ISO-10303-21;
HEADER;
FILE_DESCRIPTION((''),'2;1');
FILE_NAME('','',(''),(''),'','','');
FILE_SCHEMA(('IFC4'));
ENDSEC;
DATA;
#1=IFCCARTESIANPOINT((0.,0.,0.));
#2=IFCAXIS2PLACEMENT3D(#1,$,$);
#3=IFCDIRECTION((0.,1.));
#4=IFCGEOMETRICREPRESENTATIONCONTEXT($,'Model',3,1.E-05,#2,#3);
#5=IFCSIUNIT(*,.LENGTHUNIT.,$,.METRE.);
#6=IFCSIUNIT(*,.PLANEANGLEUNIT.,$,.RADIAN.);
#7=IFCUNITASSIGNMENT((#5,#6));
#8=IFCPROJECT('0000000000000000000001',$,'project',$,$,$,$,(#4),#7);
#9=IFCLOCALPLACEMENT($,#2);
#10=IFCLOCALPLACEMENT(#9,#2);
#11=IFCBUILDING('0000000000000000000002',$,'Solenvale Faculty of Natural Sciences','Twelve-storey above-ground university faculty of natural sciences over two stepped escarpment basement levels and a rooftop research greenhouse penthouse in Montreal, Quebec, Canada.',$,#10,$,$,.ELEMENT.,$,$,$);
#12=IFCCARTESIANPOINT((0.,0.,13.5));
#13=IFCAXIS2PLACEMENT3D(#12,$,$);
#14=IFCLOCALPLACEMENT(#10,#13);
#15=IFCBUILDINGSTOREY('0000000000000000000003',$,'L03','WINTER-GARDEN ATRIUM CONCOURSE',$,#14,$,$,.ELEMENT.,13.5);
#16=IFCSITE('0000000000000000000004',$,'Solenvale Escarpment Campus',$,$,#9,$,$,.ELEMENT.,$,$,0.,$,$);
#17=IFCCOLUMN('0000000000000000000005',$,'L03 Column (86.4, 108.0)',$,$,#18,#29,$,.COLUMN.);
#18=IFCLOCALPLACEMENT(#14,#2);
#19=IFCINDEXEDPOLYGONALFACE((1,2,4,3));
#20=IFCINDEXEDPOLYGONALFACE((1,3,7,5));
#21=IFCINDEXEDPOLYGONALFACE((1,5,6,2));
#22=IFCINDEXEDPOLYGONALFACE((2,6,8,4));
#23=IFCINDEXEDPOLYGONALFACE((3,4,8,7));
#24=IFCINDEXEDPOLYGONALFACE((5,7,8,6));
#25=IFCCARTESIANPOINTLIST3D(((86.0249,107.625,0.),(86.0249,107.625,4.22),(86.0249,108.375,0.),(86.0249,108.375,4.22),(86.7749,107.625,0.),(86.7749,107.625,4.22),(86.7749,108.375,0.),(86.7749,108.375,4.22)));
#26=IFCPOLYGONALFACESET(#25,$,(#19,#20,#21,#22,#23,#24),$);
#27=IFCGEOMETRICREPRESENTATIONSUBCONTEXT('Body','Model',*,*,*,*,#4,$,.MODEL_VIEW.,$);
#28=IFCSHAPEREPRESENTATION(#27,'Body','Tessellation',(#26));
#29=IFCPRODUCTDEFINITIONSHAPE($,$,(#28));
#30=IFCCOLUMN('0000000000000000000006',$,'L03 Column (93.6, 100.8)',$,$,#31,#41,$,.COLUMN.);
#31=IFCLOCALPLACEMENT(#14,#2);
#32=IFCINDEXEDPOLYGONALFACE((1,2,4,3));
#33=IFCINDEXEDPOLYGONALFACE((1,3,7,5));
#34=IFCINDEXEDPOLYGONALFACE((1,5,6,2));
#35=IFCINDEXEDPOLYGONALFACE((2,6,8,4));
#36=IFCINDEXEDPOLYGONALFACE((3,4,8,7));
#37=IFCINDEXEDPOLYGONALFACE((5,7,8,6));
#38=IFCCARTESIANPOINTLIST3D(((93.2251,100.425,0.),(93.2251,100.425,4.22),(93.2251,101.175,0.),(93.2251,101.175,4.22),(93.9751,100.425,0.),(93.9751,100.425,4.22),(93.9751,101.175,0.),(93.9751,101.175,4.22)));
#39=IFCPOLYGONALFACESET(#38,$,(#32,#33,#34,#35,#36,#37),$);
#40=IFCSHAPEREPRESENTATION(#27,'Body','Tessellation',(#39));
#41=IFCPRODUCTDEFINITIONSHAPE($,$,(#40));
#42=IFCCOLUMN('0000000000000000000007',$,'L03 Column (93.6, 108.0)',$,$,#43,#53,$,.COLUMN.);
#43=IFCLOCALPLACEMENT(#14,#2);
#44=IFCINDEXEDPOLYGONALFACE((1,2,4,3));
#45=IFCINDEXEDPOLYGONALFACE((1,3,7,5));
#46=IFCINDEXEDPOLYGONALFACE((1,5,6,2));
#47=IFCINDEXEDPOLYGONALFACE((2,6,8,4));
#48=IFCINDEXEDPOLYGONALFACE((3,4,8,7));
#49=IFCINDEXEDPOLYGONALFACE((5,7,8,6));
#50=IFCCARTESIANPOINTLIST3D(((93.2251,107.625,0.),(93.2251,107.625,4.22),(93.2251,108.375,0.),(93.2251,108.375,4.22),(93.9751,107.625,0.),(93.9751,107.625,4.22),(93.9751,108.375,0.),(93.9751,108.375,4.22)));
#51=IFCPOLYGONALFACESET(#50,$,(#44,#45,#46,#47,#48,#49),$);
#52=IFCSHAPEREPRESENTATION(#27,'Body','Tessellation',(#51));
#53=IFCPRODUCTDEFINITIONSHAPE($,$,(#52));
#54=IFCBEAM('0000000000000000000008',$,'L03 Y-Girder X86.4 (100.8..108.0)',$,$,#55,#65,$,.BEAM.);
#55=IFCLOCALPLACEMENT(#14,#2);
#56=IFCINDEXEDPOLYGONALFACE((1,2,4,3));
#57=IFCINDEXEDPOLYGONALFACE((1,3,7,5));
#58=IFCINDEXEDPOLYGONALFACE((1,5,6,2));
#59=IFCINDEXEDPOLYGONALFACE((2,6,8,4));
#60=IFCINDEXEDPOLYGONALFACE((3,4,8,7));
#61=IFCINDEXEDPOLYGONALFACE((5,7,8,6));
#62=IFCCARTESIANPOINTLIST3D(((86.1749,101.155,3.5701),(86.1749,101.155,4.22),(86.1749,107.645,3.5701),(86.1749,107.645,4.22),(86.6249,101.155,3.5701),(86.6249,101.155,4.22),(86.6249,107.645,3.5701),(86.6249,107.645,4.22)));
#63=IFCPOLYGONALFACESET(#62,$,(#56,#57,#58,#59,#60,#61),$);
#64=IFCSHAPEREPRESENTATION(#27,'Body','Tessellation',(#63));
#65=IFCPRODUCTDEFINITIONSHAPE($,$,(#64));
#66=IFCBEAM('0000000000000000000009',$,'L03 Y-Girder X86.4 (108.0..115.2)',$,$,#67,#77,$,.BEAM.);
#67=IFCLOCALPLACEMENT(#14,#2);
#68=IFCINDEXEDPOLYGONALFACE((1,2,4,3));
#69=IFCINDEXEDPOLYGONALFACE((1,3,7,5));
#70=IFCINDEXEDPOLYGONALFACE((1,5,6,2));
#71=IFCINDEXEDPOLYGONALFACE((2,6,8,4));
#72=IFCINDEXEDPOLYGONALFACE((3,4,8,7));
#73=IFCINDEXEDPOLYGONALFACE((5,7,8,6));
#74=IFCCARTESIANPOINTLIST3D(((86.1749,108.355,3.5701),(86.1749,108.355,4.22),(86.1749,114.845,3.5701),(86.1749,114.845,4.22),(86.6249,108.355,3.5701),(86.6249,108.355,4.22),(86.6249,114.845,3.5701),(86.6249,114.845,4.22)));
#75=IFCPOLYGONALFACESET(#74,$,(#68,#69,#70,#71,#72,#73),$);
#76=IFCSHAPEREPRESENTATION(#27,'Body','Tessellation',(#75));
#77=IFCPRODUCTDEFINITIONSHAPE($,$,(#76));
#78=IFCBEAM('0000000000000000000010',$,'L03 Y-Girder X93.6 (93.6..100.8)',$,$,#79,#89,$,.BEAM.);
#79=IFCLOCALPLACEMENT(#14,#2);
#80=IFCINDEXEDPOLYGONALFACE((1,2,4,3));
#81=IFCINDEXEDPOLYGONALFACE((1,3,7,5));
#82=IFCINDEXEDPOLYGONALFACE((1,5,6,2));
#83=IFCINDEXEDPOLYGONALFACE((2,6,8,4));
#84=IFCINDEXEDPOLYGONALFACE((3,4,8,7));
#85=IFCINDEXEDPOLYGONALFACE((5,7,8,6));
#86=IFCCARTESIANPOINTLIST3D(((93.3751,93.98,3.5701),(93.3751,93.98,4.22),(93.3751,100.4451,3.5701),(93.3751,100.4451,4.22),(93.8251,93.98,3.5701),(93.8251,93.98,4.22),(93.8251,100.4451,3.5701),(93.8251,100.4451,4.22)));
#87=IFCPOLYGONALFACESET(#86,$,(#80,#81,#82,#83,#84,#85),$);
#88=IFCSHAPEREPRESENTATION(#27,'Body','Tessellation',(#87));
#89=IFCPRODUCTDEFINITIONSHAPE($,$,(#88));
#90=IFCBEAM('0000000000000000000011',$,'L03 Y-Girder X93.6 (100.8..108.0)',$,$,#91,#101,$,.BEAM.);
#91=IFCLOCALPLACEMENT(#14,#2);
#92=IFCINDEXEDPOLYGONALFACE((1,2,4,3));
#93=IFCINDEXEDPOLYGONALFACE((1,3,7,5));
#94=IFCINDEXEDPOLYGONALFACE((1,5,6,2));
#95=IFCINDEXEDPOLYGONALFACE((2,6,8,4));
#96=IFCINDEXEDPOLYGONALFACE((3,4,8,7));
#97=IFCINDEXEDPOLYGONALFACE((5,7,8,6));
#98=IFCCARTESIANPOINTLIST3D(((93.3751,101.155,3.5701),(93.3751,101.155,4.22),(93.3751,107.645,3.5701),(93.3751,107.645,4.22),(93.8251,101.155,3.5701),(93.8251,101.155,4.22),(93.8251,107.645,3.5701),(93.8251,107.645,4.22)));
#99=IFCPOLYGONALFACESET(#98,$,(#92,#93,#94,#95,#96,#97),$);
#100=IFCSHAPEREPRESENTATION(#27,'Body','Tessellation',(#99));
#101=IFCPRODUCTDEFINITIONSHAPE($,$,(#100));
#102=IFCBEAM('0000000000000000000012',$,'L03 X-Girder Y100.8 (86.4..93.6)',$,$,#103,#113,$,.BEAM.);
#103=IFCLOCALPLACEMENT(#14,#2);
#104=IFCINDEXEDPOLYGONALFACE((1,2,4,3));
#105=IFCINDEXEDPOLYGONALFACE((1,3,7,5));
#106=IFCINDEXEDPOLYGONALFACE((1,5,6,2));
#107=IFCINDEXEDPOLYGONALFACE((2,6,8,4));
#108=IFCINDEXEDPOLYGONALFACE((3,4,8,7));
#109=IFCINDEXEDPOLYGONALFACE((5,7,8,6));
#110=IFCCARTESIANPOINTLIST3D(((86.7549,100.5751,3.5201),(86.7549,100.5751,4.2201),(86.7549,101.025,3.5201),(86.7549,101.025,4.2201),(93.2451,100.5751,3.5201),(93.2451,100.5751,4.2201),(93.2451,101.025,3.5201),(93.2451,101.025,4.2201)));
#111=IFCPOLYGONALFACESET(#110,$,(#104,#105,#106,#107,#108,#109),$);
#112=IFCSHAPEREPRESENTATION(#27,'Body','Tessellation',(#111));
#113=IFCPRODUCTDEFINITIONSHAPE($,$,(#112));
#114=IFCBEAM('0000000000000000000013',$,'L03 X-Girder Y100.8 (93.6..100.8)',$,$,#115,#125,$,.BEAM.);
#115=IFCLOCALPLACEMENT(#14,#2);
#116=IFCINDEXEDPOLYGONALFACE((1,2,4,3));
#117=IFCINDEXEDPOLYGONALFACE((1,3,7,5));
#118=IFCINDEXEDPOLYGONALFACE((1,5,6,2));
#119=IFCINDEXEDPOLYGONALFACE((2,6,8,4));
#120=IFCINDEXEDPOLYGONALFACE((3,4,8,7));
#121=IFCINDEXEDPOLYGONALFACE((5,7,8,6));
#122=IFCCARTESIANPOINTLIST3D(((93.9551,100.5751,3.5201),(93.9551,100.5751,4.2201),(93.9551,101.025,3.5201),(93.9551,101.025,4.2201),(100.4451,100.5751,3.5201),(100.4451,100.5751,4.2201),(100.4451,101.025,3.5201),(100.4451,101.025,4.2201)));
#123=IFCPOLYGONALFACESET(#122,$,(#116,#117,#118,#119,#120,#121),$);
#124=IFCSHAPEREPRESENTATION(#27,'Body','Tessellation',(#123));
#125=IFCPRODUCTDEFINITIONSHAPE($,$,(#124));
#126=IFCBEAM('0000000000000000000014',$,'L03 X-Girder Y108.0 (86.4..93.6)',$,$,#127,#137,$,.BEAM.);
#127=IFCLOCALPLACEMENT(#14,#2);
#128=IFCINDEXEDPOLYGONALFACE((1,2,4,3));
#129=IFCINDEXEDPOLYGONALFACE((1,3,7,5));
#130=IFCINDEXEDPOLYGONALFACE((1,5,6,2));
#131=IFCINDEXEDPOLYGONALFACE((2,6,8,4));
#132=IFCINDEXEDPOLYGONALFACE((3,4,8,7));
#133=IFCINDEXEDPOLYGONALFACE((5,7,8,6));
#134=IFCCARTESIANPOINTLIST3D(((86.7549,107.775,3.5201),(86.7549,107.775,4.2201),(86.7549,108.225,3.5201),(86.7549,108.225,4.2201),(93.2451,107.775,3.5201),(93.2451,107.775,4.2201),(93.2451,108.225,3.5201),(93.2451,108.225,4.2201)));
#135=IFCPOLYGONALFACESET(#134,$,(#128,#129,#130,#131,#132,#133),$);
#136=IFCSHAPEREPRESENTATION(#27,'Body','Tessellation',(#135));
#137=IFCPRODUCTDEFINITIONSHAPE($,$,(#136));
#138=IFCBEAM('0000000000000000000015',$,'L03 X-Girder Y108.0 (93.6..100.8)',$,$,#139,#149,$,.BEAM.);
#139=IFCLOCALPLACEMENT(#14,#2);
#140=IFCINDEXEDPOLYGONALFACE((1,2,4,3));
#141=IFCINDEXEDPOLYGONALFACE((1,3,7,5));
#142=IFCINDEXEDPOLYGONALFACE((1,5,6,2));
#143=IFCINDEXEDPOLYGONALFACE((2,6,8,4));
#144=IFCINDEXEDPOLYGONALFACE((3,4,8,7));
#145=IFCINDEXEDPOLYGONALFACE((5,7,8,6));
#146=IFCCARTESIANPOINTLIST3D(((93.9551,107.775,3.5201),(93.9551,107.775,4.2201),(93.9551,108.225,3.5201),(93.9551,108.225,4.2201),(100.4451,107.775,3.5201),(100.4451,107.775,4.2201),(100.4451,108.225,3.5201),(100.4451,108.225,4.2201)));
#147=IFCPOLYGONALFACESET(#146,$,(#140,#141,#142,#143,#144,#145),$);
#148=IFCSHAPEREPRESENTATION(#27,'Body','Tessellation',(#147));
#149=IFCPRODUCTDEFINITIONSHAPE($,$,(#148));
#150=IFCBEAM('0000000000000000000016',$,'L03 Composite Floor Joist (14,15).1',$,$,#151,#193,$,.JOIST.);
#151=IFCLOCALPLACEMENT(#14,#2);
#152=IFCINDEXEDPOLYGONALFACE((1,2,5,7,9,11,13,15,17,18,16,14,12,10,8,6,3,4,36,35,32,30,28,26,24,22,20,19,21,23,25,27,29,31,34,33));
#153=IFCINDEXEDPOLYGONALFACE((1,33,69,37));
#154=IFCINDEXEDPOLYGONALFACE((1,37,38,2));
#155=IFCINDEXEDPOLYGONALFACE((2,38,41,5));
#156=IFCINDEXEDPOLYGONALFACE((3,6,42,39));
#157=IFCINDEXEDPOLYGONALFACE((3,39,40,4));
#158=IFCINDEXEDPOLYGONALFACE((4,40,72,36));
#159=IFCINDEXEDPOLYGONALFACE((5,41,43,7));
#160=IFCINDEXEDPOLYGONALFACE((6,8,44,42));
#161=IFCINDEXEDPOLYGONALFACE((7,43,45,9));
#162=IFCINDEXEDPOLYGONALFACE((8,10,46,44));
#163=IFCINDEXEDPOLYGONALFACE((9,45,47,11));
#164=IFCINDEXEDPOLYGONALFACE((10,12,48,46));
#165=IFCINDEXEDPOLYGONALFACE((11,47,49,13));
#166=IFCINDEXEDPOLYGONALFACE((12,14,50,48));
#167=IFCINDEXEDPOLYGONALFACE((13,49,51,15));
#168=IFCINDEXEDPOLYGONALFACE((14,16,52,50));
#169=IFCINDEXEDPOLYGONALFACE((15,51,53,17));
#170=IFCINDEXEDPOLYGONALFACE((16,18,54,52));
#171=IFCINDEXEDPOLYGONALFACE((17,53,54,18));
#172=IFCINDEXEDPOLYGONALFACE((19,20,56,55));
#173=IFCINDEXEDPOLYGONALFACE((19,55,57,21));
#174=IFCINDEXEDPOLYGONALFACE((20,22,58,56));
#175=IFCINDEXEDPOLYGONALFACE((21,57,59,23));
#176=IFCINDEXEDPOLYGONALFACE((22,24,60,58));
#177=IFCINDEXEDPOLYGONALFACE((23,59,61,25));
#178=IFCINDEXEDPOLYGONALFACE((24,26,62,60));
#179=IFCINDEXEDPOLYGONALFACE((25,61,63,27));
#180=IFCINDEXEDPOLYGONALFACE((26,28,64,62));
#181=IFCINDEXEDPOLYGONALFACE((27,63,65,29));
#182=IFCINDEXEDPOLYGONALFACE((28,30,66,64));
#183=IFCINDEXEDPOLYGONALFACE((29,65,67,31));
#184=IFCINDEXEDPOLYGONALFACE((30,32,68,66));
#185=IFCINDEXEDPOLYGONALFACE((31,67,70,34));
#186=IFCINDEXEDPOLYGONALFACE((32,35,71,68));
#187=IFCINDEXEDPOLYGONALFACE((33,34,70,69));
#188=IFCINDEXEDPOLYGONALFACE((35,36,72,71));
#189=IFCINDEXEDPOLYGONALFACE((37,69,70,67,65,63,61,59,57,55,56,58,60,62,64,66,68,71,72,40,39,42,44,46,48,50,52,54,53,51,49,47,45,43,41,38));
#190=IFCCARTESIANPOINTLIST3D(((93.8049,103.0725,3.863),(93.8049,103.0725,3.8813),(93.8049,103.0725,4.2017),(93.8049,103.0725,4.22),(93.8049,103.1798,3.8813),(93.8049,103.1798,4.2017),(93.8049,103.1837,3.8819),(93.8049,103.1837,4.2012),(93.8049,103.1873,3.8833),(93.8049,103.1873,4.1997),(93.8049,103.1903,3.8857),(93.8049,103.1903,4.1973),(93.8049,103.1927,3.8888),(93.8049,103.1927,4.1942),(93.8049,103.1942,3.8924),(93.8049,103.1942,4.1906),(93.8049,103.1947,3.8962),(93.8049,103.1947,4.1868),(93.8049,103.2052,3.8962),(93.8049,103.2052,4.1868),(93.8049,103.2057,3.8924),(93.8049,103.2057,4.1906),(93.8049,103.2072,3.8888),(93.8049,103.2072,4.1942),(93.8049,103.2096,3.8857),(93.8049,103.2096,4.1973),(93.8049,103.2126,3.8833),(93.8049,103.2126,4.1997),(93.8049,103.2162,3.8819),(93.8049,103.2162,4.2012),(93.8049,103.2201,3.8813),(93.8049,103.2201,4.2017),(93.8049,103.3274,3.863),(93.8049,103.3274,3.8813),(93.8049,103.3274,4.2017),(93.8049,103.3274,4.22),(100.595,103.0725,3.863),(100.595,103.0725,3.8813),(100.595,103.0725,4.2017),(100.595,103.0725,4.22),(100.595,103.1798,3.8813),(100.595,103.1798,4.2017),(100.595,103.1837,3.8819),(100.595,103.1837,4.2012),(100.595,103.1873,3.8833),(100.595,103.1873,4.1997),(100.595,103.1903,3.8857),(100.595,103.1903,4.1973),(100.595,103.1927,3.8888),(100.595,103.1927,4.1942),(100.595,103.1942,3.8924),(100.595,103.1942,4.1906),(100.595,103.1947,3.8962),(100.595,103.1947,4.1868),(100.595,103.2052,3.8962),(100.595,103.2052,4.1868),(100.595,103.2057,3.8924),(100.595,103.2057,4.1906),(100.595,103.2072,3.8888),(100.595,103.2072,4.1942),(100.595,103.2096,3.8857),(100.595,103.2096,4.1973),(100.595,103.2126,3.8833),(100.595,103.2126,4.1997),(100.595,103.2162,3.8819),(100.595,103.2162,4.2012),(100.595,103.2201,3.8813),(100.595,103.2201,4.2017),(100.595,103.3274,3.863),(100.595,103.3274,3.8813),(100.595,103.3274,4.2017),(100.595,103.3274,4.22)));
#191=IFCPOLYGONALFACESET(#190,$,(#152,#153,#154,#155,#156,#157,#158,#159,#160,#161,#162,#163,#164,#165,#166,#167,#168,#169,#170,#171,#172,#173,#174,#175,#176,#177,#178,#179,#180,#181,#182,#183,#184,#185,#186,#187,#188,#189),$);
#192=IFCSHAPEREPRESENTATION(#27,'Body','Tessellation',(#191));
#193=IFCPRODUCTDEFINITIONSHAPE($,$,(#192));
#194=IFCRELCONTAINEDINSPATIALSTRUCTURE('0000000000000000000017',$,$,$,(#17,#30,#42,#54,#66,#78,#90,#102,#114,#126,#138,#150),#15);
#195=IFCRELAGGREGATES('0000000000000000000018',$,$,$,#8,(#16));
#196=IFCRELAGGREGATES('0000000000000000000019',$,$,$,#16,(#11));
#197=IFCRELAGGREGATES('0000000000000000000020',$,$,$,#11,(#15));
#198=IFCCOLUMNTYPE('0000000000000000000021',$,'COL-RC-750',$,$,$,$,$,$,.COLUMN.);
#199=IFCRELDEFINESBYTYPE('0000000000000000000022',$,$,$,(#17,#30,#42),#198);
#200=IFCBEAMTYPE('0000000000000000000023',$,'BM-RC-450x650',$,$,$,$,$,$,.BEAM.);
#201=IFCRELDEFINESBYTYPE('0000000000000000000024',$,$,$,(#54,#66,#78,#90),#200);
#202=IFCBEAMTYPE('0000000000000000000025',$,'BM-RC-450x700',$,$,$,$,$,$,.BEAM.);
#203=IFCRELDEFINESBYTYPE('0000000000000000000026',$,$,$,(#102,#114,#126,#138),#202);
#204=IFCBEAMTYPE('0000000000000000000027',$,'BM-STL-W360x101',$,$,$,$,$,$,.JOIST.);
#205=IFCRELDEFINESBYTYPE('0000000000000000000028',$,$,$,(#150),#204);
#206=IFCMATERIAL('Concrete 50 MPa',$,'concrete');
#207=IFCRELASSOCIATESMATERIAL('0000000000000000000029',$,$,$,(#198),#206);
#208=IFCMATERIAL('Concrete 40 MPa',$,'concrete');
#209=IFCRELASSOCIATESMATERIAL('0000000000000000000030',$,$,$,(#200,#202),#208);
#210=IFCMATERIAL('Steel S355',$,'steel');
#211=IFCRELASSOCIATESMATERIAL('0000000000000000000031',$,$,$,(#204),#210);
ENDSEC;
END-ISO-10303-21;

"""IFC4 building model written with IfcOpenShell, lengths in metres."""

from ifc_helpers import new_model, si_unit, direction, frame, origin, origin_2d, place, context, subcontext, project, spatial, rectangle, i_section, extrude, material, material_profile, profile_set, type_object, element, save


model = new_model("IFC4")

# Units and contexts
model_context = context("Model", 3, precision=1e-05, world=origin(), true_north=direction((0.0, 1.0)))
body_context = subcontext(model_context, "Body", "Model", "MODEL_VIEW")
ifc_project = project(units=[si_unit("LENGTHUNIT", "METRE"), si_unit("PLANEANGLEUNIT", "RADIAN")], contexts=[model_context])

# Site, building, storey
site_placement = place(None, origin())
site = spatial("IfcSite", under=ifc_project, at=site_placement, Name="Solenvale Escarpment Campus", CompositionType="ELEMENT", RefElevation=0.0)
building_placement = place(site_placement, origin())
building = spatial("IfcBuilding", under=site, at=building_placement, Name="Solenvale Faculty of Natural Sciences", Description="Twelve-storey above-ground university faculty of natural sciences over two stepped escarpment basement levels and a rooftop research greenhouse penthouse in Montreal, Quebec, Canada.", CompositionType="ELEMENT")
storey_placement = place(building_placement, frame((0.0, 0.0, 13.5)))
storey = spatial("IfcBuildingStorey", under=building, at=storey_placement, Name="L03", Description="WINTER-GARDEN ATRIUM CONCOURSE", CompositionType="ELEMENT", Elevation=13.5)

# Columns
ifc_material_1 = material(Name="Concrete 50 MPa", Category="concrete")
ifc_material_profile_1 = material_profile(ifc_material_1, rectangle(XDim=0.75, YDim=0.75, at=origin_2d()), Name="RC-COL-750x750")
ifc_profile_set_1 = profile_set([ifc_material_profile_1], Name="Concrete 50 MPa")
column_type = type_object("IfcColumnType", Name="COL-RC-750", PredefinedType="COLUMN", material=ifc_profile_set_1)
for number, where, z_axis, x_axis, name in (
    (1, (86.3999, 108.0, 0.0), (0.0, 0.0, 1.0), (1.0, 0.0, 0.0), "L03 Column (86.4, 108.0)"),
    (2, (93.6001, 100.8, 0.0), (0.0, 0.0, 1.0), (1.0, 0.0, 0.0), "L03 Column (93.6, 100.8)"),
    (3, (93.6001, 108.0, 0.0), (0.0, 0.0, 1.0), (1.0, 0.0, 0.0), "L03 Column (93.6, 108.0)"),
):
    element("IfcColumn", number, at=place(storey_placement, frame(where, z_axis=z_axis, x_axis=x_axis)), inside=storey, type_object=column_type, Name=name, PredefinedType="COLUMN", context=body_context, shape_type="SweptSolid", body=[
        extrude(rectangle(XDim=0.75, YDim=0.75, at=origin_2d()), origin(), (0.0, 0.0, 1.0), 4.22),
    ])

# Beams
ifc_material_2 = material(Name="Concrete 40 MPa", Category="concrete")
ifc_material_profile_2 = material_profile(ifc_material_2, rectangle(XDim=0.45, YDim=0.6499, at=origin_2d()), Name="RC-BM-450x650")
ifc_profile_set_2 = profile_set([ifc_material_profile_2], Name="Concrete 40 MPa")
beam_type_1 = type_object("IfcBeamType", Name="BM-RC-450x650", PredefinedType="BEAM", material=ifc_profile_set_2)
for number, where, z_axis, x_axis, name in (
    (4, (86.3999, 101.155, 3.895), (0.0, 1.0, 0.0), (-1.0, 0.0, 0.0), "L03 Y-Girder X86.4 (100.8..108.0)"),
    (5, (86.3999, 108.355, 3.895), (0.0, 1.0, 0.0), (-1.0, 0.0, 0.0), "L03 Y-Girder X86.4 (108.0..115.2)"),
):
    element("IfcBeam", number, at=place(storey_placement, frame(where, z_axis=z_axis, x_axis=x_axis)), inside=storey, type_object=beam_type_1, Name=name, PredefinedType="BEAM", context=body_context, shape_type="SweptSolid", body=[
        extrude(rectangle(XDim=0.45, YDim=0.6499, at=origin_2d()), origin(), (0.0, 0.0, 1.0), 6.49),
    ])
beam_1_placement = place(storey_placement, frame((93.6001, 93.98, 3.895), z_axis=(0.0, 1.0, 0.0), x_axis=(-1.0, 0.0, 0.0)))
element("IfcBeam", 6, at=beam_1_placement, inside=storey, type_object=beam_type_1, Name="L03 Y-Girder X93.6 (93.6..100.8)", PredefinedType="BEAM", context=body_context, shape_type="SweptSolid", body=[
    extrude(rectangle(XDim=0.45, YDim=0.6499, at=origin_2d()), origin(), (0.0, 0.0, 1.0), 6.4651),
])
beam_2_placement = place(storey_placement, frame((93.6001, 101.155, 3.895), z_axis=(0.0, 1.0, 0.0), x_axis=(-1.0, 0.0, 0.0)))
element("IfcBeam", 7, at=beam_2_placement, inside=storey, type_object=beam_type_1, Name="L03 Y-Girder X93.6 (100.8..108.0)", PredefinedType="BEAM", context=body_context, shape_type="SweptSolid", body=[
    extrude(rectangle(XDim=0.45, YDim=0.6499, at=origin_2d()), origin(), (0.0, 0.0, 1.0), 6.49),
])
ifc_material_profile_3 = material_profile(ifc_material_2, rectangle(XDim=0.45, YDim=0.7, at=origin_2d()), Name="RC-BM-450x700")
ifc_profile_set_3 = profile_set([ifc_material_profile_3], Name="Concrete 40 MPa")
beam_type_2 = type_object("IfcBeamType", Name="BM-RC-450x700", PredefinedType="BEAM", material=ifc_profile_set_3)
beam_3_placement = place(storey_placement, frame((86.7549, 100.8, 3.8701), z_axis=(1.0, 0.0, 0.0), x_axis=(0.0, 1.0, 0.0)))
element("IfcBeam", 8, at=beam_3_placement, inside=storey, type_object=beam_type_2, Name="L03 X-Girder Y100.8 (86.4..93.6)", PredefinedType="BEAM", context=body_context, shape_type="SweptSolid", body=[
    extrude(rectangle(XDim=0.45, YDim=0.7, at=origin_2d()), origin(), (0.0, 0.0, 1.0), 6.4902),
])
beam_4_placement = place(storey_placement, frame((93.9551, 100.8, 3.8701), z_axis=(1.0, 0.0, 0.0), x_axis=(0.0, 1.0, 0.0)))
element("IfcBeam", 9, at=beam_4_placement, inside=storey, type_object=beam_type_2, Name="L03 X-Girder Y100.8 (93.6..100.8)", PredefinedType="BEAM", context=body_context, shape_type="SweptSolid", body=[
    extrude(rectangle(XDim=0.45, YDim=0.7, at=origin_2d()), origin(), (0.0, 0.0, 1.0), 6.49),
])
beam_5_placement = place(storey_placement, frame((86.7549, 108.0, 3.8701), z_axis=(1.0, 0.0, 0.0), x_axis=(0.0, 1.0, 0.0)))
element("IfcBeam", 10, at=beam_5_placement, inside=storey, type_object=beam_type_2, Name="L03 X-Girder Y108.0 (86.4..93.6)", PredefinedType="BEAM", context=body_context, shape_type="SweptSolid", body=[
    extrude(rectangle(XDim=0.45, YDim=0.7, at=origin_2d()), origin(), (0.0, 0.0, 1.0), 6.4902),
])
beam_6_placement = place(storey_placement, frame((93.9551, 108.0, 3.8701), z_axis=(1.0, 0.0, 0.0), x_axis=(0.0, 1.0, 0.0)))
element("IfcBeam", 11, at=beam_6_placement, inside=storey, type_object=beam_type_2, Name="L03 X-Girder Y108.0 (93.6..100.8)", PredefinedType="BEAM", context=body_context, shape_type="SweptSolid", body=[
    extrude(rectangle(XDim=0.45, YDim=0.7, at=origin_2d()), origin(), (0.0, 0.0, 1.0), 6.49),
])
ifc_material_3 = material(Name="Steel S355", Category="steel")
ifc_material_profile_4 = material_profile(ifc_material_3, i_section(OverallWidth=0.2549, OverallDepth=0.3569, WebThickness=0.0105, FlangeThickness=0.0183, FilletRadius=0.0149, at=origin_2d()), Name="W360x101")
ifc_profile_set_4 = profile_set([ifc_material_profile_4], Name="Steel S355")
beam_type_3 = type_object("IfcBeamType", Name="BM-STL-W360x101", PredefinedType="JOIST", material=ifc_profile_set_4)
for number, where, z_axis, x_axis, name in (
    (12, (93.8049, 103.2, 4.0415), (1.0, 0.0, 0.0), (0.0, 1.0, 0.0), "L03 Composite Floor Joist (14,15).1"),
):
    element("IfcBeam", number, at=place(storey_placement, frame(where, z_axis=z_axis, x_axis=x_axis)), inside=storey, type_object=beam_type_3, Name=name, PredefinedType="JOIST", context=body_context, shape_type="SweptSolid", body=[
        extrude(i_section(OverallWidth=0.2549, OverallDepth=0.3569, WebThickness=0.0105, FlangeThickness=0.0183, FilletRadius=0.0149, at=origin_2d()), origin(), (0.0, 0.0, 1.0), 6.79),
    ])

save(model, "model.ifc")
